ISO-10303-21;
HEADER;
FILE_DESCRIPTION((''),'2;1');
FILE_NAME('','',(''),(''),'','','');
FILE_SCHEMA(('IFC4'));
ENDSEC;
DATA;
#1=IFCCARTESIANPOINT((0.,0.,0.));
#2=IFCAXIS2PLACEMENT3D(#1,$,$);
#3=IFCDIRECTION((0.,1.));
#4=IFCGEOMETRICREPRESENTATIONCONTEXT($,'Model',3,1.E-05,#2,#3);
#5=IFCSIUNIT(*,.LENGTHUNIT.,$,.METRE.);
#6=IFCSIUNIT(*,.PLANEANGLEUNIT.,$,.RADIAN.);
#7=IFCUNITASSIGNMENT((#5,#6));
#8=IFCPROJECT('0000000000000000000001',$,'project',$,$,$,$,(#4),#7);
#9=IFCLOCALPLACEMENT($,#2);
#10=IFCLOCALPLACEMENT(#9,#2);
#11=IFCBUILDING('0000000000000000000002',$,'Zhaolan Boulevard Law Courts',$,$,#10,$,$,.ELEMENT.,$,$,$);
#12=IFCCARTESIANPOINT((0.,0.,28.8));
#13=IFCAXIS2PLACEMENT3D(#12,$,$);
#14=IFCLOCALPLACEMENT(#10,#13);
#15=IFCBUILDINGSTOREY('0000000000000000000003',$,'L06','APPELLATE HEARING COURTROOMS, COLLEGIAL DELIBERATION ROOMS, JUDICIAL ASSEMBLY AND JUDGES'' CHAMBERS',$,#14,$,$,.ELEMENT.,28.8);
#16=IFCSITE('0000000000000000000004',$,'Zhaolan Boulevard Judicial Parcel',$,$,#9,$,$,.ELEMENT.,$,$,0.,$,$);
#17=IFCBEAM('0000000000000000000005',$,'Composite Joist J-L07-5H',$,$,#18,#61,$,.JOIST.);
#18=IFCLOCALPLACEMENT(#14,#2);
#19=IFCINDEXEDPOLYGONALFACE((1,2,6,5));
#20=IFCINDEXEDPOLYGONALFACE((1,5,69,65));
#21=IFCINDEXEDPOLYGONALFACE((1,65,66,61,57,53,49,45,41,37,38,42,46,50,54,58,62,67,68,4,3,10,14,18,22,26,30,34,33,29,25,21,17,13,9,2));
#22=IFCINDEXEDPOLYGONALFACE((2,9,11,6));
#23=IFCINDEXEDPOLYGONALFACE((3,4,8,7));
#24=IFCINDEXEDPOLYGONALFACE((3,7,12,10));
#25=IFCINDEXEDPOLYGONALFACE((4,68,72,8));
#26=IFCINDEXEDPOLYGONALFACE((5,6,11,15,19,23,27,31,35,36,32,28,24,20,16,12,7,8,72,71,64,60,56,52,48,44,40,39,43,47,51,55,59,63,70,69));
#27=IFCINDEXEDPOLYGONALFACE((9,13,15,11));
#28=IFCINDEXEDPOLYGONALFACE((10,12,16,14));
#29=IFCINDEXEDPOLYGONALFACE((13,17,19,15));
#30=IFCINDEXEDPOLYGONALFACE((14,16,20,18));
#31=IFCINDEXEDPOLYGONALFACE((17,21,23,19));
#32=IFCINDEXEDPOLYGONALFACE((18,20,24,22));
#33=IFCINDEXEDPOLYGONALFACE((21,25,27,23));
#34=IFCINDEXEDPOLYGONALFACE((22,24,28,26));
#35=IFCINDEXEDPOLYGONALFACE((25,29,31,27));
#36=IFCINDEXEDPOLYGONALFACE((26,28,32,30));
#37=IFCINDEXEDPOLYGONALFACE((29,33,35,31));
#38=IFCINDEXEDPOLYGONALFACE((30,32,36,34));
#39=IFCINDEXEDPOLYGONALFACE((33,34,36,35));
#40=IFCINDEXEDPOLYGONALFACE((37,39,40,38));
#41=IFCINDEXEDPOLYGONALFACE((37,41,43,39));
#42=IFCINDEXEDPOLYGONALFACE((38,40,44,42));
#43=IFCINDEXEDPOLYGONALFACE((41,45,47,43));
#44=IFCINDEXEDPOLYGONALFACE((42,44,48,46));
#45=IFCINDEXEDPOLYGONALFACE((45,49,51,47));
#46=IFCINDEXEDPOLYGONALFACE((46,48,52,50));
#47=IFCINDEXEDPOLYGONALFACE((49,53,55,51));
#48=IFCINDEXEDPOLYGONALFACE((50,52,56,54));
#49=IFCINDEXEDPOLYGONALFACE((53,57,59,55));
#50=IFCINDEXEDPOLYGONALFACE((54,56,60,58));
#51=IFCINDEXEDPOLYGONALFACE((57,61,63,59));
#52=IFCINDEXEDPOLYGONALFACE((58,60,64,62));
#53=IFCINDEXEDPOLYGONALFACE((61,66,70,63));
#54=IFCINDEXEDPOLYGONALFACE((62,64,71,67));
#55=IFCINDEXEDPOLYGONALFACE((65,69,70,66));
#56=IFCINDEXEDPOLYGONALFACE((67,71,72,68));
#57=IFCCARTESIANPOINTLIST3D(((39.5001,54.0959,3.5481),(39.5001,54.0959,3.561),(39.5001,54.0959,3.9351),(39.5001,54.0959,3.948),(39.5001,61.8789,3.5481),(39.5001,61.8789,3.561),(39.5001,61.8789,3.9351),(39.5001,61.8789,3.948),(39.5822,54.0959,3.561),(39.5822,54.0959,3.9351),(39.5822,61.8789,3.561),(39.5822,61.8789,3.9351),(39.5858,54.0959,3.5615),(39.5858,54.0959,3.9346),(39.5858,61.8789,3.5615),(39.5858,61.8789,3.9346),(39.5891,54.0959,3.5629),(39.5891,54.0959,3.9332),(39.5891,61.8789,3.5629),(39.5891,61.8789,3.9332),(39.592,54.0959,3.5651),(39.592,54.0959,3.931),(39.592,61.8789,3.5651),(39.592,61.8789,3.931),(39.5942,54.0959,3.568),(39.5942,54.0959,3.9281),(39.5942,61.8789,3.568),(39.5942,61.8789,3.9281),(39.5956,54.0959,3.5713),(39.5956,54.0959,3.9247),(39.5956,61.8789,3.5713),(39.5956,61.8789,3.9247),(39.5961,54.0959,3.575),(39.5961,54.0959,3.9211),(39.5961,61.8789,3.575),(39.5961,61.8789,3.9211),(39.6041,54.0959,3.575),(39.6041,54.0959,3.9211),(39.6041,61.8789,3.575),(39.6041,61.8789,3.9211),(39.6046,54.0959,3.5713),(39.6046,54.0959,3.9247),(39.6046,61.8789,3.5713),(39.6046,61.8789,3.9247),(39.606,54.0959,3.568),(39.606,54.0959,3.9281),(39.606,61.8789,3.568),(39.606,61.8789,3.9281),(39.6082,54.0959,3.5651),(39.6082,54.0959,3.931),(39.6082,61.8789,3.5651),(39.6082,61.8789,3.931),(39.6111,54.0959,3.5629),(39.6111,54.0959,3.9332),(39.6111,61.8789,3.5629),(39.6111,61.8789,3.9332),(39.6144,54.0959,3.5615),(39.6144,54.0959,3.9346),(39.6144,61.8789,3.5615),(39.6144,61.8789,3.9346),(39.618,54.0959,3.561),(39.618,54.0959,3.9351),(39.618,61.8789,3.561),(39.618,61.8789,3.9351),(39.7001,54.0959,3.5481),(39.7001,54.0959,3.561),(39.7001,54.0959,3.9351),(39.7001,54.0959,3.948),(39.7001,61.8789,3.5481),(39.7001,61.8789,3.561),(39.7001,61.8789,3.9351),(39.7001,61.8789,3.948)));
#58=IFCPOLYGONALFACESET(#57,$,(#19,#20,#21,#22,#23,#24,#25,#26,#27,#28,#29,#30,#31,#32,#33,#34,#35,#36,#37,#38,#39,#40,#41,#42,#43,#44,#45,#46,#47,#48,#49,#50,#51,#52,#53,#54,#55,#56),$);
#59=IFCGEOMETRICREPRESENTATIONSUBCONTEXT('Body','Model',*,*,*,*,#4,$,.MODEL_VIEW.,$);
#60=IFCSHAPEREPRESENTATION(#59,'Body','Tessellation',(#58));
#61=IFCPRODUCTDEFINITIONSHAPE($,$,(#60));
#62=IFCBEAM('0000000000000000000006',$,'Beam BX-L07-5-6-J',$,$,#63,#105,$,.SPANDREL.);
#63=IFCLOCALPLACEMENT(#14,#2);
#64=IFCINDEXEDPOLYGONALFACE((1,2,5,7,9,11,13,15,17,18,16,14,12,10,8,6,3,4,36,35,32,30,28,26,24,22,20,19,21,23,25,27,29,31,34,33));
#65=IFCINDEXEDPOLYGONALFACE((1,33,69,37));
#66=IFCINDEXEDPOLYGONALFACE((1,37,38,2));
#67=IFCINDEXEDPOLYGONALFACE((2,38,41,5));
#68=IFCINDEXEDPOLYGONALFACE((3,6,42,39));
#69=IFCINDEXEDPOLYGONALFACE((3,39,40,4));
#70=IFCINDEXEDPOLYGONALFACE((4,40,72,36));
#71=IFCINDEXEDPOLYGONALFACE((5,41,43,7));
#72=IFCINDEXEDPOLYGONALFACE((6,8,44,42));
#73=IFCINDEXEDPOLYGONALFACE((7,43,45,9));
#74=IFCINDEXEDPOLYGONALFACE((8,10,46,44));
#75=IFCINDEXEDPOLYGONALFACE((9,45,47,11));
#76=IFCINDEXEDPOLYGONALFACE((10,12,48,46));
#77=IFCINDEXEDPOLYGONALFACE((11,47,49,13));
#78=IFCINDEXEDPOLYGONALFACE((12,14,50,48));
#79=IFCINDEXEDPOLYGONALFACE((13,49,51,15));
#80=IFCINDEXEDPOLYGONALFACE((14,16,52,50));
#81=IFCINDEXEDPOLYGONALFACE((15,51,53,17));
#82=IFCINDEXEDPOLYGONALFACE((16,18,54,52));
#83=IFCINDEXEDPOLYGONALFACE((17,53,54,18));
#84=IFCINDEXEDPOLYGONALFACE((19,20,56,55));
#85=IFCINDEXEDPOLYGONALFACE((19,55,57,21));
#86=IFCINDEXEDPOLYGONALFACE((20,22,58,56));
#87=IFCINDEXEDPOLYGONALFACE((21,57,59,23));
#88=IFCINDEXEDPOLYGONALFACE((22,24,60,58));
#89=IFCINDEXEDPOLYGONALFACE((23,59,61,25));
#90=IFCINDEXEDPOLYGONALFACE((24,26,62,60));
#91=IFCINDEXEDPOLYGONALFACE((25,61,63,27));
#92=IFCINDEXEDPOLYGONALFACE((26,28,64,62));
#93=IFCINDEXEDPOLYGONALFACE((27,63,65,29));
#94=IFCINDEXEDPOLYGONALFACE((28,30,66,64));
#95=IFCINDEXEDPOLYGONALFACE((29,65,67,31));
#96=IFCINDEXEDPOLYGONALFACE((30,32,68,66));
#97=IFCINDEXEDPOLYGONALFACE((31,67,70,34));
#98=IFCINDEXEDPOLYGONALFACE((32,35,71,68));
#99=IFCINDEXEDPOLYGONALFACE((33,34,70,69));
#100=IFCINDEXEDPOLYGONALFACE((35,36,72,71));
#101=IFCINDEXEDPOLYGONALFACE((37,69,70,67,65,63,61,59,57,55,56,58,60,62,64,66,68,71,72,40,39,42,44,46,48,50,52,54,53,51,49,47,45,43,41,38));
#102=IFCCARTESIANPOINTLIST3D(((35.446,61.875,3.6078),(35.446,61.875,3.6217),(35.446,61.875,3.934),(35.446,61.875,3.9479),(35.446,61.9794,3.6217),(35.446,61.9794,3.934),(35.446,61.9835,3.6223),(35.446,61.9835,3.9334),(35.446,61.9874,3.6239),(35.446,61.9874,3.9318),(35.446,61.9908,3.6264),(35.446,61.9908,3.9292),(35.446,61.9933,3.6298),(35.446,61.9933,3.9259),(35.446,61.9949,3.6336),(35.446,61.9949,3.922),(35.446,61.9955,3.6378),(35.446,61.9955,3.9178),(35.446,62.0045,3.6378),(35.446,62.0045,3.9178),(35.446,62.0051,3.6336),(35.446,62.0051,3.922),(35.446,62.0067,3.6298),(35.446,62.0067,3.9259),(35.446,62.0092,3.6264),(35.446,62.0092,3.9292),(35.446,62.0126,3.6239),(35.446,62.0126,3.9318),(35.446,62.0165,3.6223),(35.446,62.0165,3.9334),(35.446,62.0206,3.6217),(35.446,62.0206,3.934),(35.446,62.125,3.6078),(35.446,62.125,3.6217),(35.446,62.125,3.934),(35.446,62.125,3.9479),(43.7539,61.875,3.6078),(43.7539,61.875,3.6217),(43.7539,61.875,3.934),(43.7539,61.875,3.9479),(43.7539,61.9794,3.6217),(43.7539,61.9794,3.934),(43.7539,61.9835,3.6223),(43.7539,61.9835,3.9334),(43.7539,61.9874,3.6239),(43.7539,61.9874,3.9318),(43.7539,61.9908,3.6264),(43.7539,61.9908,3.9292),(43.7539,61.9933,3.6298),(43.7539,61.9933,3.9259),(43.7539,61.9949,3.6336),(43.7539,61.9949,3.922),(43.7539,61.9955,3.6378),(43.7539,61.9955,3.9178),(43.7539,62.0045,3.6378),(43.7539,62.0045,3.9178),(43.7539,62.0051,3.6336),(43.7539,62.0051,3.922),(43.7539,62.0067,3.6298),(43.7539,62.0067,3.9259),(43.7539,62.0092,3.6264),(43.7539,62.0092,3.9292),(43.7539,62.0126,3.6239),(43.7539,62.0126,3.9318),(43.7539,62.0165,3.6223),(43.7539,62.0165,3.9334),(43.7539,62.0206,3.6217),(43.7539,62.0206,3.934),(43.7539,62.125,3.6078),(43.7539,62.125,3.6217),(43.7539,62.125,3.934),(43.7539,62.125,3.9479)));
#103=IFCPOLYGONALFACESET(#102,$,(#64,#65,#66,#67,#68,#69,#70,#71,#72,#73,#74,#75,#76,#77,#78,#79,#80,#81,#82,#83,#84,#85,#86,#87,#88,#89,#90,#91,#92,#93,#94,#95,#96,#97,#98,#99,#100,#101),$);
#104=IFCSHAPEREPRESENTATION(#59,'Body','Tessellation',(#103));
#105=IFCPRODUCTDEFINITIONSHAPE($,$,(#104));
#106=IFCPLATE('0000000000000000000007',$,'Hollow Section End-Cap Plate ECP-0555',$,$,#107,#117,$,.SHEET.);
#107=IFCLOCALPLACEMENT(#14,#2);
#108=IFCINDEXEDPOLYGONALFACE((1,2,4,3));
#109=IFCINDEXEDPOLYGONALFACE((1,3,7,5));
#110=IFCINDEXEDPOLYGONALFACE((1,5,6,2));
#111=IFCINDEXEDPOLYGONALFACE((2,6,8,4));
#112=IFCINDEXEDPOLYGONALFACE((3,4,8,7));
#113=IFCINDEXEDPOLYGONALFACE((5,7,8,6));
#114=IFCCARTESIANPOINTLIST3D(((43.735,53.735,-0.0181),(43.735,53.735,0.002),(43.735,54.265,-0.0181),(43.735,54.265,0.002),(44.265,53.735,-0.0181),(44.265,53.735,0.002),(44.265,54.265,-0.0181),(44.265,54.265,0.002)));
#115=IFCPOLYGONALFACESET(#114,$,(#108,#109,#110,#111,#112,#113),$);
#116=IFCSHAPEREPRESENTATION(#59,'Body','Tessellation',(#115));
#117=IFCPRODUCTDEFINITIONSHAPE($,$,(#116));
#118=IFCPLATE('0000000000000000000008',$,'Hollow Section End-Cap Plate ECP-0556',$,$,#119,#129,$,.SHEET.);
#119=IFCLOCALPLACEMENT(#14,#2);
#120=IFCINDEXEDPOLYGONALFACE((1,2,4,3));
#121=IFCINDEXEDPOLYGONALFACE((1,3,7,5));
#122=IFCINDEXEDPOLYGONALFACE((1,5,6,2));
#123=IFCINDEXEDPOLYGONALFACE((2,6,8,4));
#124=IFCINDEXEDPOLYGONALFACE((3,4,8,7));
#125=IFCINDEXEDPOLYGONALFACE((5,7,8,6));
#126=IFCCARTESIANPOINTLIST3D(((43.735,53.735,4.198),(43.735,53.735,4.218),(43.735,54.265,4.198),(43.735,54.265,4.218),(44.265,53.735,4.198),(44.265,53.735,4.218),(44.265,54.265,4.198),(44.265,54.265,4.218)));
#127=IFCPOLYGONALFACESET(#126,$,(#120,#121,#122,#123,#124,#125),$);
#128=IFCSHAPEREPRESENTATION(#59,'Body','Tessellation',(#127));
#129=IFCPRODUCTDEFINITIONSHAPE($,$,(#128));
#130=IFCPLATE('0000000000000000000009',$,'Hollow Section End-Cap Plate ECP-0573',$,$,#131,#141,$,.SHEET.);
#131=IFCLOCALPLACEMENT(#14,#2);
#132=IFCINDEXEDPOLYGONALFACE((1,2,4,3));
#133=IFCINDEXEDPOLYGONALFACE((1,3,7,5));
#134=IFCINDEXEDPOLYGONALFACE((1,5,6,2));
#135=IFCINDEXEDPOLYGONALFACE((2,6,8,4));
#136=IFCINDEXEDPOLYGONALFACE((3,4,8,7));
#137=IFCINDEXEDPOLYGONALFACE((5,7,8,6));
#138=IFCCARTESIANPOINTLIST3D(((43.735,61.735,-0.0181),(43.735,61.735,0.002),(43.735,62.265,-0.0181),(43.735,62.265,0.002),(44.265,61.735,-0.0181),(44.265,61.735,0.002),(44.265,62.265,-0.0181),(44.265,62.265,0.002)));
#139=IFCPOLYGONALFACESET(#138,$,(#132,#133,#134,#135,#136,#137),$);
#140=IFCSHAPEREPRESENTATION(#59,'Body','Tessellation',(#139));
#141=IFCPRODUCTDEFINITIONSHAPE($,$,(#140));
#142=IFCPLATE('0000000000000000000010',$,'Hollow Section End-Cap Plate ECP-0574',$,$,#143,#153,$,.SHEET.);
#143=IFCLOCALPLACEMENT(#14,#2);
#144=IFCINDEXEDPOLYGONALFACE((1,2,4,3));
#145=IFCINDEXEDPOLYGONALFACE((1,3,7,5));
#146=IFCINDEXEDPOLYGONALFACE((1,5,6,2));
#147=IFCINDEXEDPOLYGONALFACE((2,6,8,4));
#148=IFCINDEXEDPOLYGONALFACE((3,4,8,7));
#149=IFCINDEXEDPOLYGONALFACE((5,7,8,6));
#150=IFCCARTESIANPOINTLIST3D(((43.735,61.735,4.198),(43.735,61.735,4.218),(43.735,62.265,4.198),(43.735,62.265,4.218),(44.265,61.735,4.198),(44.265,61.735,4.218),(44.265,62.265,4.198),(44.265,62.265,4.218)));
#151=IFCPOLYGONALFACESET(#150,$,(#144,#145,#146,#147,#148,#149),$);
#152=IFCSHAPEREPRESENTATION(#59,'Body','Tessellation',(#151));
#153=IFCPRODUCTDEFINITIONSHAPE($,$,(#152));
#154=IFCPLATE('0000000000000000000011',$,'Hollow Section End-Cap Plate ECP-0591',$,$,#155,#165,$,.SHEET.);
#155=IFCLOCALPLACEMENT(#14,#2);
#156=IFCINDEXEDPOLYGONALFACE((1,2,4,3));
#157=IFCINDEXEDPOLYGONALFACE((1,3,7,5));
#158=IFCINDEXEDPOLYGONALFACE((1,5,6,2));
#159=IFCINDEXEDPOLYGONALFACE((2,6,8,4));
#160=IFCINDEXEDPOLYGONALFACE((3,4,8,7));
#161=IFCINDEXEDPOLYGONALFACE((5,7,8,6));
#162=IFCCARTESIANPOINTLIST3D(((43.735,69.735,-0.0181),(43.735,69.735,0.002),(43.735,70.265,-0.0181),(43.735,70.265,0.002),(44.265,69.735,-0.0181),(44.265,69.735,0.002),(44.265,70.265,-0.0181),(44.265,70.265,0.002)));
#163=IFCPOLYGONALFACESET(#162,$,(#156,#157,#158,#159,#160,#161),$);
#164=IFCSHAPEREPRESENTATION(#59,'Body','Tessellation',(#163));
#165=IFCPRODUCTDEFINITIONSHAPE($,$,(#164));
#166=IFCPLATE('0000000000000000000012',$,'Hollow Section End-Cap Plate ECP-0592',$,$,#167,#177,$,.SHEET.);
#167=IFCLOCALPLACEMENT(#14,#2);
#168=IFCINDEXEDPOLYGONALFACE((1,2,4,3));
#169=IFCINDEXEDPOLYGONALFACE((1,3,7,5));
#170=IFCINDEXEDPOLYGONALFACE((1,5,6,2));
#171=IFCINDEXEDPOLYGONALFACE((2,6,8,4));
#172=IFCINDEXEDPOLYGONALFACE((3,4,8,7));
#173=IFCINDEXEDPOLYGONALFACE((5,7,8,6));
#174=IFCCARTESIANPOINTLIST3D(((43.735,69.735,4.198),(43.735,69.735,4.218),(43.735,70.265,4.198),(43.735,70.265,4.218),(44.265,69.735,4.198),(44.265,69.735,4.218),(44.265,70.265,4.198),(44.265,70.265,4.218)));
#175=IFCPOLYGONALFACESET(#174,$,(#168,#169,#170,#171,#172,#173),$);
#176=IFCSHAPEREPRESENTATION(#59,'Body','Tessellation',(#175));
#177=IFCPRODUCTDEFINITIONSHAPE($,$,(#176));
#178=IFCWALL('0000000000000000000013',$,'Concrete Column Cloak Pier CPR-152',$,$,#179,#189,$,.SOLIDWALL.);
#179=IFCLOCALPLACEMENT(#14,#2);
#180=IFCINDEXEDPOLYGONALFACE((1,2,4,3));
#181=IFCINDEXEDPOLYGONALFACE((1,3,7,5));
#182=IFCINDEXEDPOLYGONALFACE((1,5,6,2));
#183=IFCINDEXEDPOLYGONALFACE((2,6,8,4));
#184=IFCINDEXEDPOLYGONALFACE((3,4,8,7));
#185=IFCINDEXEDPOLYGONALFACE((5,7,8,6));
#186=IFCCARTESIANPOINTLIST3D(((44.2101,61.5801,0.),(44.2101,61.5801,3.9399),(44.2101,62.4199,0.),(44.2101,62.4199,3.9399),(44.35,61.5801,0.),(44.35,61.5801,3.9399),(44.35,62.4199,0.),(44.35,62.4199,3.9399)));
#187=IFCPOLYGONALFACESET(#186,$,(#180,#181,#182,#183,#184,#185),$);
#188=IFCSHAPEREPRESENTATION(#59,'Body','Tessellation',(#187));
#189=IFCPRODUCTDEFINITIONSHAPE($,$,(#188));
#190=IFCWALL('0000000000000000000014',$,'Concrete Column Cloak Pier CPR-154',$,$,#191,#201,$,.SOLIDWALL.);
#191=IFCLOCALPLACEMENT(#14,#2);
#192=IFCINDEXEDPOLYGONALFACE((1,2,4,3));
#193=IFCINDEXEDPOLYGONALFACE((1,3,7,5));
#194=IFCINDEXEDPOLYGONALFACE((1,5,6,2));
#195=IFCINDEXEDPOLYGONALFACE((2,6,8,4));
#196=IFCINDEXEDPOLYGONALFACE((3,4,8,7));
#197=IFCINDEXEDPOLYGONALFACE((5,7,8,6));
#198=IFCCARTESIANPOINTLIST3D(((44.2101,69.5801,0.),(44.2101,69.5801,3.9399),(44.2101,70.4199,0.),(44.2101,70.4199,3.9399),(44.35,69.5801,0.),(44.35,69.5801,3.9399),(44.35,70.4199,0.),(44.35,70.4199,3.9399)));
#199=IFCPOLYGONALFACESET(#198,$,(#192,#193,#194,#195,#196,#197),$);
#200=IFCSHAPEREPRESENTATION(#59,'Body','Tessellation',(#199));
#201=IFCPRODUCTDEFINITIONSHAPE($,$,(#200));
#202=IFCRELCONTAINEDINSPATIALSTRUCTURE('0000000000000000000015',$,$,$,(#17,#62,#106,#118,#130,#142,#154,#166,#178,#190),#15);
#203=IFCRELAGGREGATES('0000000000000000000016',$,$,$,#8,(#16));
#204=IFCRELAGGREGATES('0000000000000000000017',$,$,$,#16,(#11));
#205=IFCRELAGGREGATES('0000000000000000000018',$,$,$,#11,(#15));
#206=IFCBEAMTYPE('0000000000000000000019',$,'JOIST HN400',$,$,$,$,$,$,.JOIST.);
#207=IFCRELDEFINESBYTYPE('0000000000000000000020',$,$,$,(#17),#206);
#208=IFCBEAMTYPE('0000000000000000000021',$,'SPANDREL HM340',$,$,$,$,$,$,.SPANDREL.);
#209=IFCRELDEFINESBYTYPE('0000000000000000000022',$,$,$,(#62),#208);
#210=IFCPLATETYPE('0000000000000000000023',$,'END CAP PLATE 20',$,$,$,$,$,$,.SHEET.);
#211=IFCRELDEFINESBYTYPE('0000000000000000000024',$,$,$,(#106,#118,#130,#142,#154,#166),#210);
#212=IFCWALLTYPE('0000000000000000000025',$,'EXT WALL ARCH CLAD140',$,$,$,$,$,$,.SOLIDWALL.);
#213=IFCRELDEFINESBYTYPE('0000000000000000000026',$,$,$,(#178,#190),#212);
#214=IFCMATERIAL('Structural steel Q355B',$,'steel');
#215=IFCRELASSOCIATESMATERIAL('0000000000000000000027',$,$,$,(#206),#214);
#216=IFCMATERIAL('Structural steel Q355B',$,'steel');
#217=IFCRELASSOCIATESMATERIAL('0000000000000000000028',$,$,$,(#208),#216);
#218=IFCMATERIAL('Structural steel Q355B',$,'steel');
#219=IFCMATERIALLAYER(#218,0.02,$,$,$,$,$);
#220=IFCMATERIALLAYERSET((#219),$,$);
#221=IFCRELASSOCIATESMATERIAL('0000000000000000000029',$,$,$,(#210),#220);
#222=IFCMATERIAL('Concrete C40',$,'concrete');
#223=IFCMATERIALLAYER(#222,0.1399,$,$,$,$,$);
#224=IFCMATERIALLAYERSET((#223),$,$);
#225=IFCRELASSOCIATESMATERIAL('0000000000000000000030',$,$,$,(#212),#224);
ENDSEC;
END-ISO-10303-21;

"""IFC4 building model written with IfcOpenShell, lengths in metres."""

from ifc_helpers import new_model, si_unit, direction, frame, frame_2d, origin, origin_2d, place, context, subcontext, project, spatial, rectangle, i_section, extrude, material, layer, layer_set, material_profile, profile_set, type_object, element, save


model = new_model("IFC4")

# Units and contexts
model_context = context("Model", 3, precision=1e-05, world=origin(), true_north=direction((0.0, 1.0)))
body_context = subcontext(model_context, "Body", "Model", "MODEL_VIEW")
ifc_project = project(units=[si_unit("LENGTHUNIT", "METRE"), si_unit("PLANEANGLEUNIT", "RADIAN")], contexts=[model_context])

# Site, building, storey
site_placement = place(None, origin())
site = spatial("IfcSite", under=ifc_project, at=site_placement, Name="Zhaolan Boulevard Judicial Parcel", CompositionType="ELEMENT", RefElevation=0.0)
building_placement = place(site_placement, origin())
building = spatial("IfcBuilding", under=site, at=building_placement, Name="Zhaolan Boulevard Law Courts", CompositionType="ELEMENT")
storey_placement = place(building_placement, frame((0.0, 0.0, 28.8)))
storey = spatial("IfcBuildingStorey", under=building, at=storey_placement, Name="L06", Description="APPELLATE HEARING COURTROOMS, COLLEGIAL DELIBERATION ROOMS, JUDICIAL ASSEMBLY AND JUDGES' CHAMBERS", CompositionType="ELEMENT", Elevation=28.8)

# Beams
ifc_material_1 = material(Name="Structural steel Q355B", Category="steel")
ifc_material_profile_1 = material_profile(ifc_material_1, i_section(OverallWidth=0.2, OverallDepth=0.3999, WebThickness=0.0081, FlangeThickness=0.0129, FilletRadius=0.0139, at=origin_2d()), Name="HN400x200")
ifc_profile_set_1 = profile_set([ifc_material_profile_1], Name="Structural steel Q355B")
beam_type_1 = type_object("IfcBeamType", Name="JOIST HN400", PredefinedType="JOIST", material=ifc_profile_set_1)
beam_1_placement = place(storey_placement, frame((39.6001, 54.0959, 3.748), z_axis=(0.0, 1.0, 0.0), x_axis=(-1.0, 0.0, 0.0)))
element("IfcBeam", 1, at=beam_1_placement, inside=storey, type_object=beam_type_1, Name="Composite Joist J-L07-5H", PredefinedType="JOIST", context=body_context, shape_type="SweptSolid", body=[
    extrude(i_section(OverallWidth=0.2, OverallDepth=0.3999, WebThickness=0.0081, FlangeThickness=0.0129, FilletRadius=0.0139, at=origin_2d()), origin(), (0.0, 0.0, 1.0), 7.783),
])
ifc_material_2 = material(Name="Structural steel Q355B", Category="steel")
ifc_material_profile_2 = material_profile(ifc_material_2, i_section(OverallWidth=0.25, OverallDepth=0.3401, WebThickness=0.009, FlangeThickness=0.0139, FilletRadius=0.0161, at=origin_2d()), Name="HM340x250")
ifc_profile_set_2 = profile_set([ifc_material_profile_2], Name="Structural steel Q355B")
beam_type_2 = type_object("IfcBeamType", Name="SPANDREL HM340", PredefinedType="SPANDREL", material=ifc_profile_set_2)
beam_2_placement = place(storey_placement, frame((35.446, 62.0, 3.7778), z_axis=(1.0, 0.0, 0.0), x_axis=(0.0, 1.0, 0.0)))
element("IfcBeam", 2, at=beam_2_placement, inside=storey, type_object=beam_type_2, Name="Beam BX-L07-5-6-J", PredefinedType="SPANDREL", context=body_context, shape_type="SweptSolid", body=[
    extrude(i_section(OverallWidth=0.25, OverallDepth=0.3401, WebThickness=0.009, FlangeThickness=0.0139, FilletRadius=0.0161, at=origin_2d()), origin(), (0.0, 0.0, 1.0), 8.3079),
])

# Plates
ifc_material_3 = material(Name="Structural steel Q355B", Category="steel")
ifc_layer_1 = layer(ifc_material_3, 0.02)
ifc_layer_set_1 = layer_set([ifc_layer_1])
plate_type = type_object("IfcPlateType", Name="END CAP PLATE 20", PredefinedType="SHEET", material=ifc_layer_set_1)
for number, where, z_axis, x_axis, name in (
    (3, (44.0, 54.0, -0.0181), (0.0, 0.0, 1.0), (1.0, 0.0, 0.0), "Hollow Section End-Cap Plate ECP-0555"),
    (4, (44.0, 54.0, 4.198), (0.0, 0.0, 1.0), (1.0, 0.0, 0.0), "Hollow Section End-Cap Plate ECP-0556"),
    (5, (44.0, 62.0, -0.0181), (0.0, 0.0, 1.0), (1.0, 0.0, 0.0), "Hollow Section End-Cap Plate ECP-0573"),
    (6, (44.0, 62.0, 4.198), (0.0, 0.0, 1.0), (1.0, 0.0, 0.0), "Hollow Section End-Cap Plate ECP-0574"),
    (7, (44.0, 70.0, -0.0181), (0.0, 0.0, 1.0), (1.0, 0.0, 0.0), "Hollow Section End-Cap Plate ECP-0591"),
    (8, (44.0, 70.0, 4.198), (0.0, 0.0, 1.0), (1.0, 0.0, 0.0), "Hollow Section End-Cap Plate ECP-0592"),
):
    element("IfcPlate", number, at=place(storey_placement, frame(where, z_axis=z_axis, x_axis=x_axis)), inside=storey, type_object=plate_type, Name=name, PredefinedType="SHEET", context=body_context, shape_type="SweptSolid", body=[
        extrude(rectangle(XDim=0.53, YDim=0.53, at=origin_2d()), origin(), (0.0, 0.0, 1.0), 0.02),
    ])

# Walls
ifc_material_4 = material(Name="Concrete C40", Category="concrete")
ifc_layer_2 = layer(ifc_material_4, 0.1399)
ifc_layer_set_2 = layer_set([ifc_layer_2])
wall_type_1 = type_object("IfcWallType", Name="EXT WALL ARCH CLAD140", PredefinedType="SOLIDWALL", material=ifc_layer_set_2)
for number, where, z_axis, x_axis, name in (
    (9, (44.28, 61.5801, 0.0), (0.0, 0.0, 1.0), (0.0, 1.0, 0.0), "Concrete Column Cloak Pier CPR-152"),
    (10, (44.28, 69.5801, 0.0), (0.0, 0.0, 1.0), (0.0, 1.0, 0.0), "Concrete Column Cloak Pier CPR-154"),
):
    element("IfcWall", number, at=place(storey_placement, frame(where, z_axis=z_axis, x_axis=x_axis)), inside=storey, type_object=wall_type_1, Name=name, PredefinedType="SOLIDWALL", context=body_context, shape_type="SweptSolid", body=[
        extrude(rectangle(XDim=0.8398, YDim=0.1399, at=frame_2d((0.4199, 0.0))), origin(), (0.0, 0.0, 1.0), 3.9399),
    ])

save(model, "model.ifc")
